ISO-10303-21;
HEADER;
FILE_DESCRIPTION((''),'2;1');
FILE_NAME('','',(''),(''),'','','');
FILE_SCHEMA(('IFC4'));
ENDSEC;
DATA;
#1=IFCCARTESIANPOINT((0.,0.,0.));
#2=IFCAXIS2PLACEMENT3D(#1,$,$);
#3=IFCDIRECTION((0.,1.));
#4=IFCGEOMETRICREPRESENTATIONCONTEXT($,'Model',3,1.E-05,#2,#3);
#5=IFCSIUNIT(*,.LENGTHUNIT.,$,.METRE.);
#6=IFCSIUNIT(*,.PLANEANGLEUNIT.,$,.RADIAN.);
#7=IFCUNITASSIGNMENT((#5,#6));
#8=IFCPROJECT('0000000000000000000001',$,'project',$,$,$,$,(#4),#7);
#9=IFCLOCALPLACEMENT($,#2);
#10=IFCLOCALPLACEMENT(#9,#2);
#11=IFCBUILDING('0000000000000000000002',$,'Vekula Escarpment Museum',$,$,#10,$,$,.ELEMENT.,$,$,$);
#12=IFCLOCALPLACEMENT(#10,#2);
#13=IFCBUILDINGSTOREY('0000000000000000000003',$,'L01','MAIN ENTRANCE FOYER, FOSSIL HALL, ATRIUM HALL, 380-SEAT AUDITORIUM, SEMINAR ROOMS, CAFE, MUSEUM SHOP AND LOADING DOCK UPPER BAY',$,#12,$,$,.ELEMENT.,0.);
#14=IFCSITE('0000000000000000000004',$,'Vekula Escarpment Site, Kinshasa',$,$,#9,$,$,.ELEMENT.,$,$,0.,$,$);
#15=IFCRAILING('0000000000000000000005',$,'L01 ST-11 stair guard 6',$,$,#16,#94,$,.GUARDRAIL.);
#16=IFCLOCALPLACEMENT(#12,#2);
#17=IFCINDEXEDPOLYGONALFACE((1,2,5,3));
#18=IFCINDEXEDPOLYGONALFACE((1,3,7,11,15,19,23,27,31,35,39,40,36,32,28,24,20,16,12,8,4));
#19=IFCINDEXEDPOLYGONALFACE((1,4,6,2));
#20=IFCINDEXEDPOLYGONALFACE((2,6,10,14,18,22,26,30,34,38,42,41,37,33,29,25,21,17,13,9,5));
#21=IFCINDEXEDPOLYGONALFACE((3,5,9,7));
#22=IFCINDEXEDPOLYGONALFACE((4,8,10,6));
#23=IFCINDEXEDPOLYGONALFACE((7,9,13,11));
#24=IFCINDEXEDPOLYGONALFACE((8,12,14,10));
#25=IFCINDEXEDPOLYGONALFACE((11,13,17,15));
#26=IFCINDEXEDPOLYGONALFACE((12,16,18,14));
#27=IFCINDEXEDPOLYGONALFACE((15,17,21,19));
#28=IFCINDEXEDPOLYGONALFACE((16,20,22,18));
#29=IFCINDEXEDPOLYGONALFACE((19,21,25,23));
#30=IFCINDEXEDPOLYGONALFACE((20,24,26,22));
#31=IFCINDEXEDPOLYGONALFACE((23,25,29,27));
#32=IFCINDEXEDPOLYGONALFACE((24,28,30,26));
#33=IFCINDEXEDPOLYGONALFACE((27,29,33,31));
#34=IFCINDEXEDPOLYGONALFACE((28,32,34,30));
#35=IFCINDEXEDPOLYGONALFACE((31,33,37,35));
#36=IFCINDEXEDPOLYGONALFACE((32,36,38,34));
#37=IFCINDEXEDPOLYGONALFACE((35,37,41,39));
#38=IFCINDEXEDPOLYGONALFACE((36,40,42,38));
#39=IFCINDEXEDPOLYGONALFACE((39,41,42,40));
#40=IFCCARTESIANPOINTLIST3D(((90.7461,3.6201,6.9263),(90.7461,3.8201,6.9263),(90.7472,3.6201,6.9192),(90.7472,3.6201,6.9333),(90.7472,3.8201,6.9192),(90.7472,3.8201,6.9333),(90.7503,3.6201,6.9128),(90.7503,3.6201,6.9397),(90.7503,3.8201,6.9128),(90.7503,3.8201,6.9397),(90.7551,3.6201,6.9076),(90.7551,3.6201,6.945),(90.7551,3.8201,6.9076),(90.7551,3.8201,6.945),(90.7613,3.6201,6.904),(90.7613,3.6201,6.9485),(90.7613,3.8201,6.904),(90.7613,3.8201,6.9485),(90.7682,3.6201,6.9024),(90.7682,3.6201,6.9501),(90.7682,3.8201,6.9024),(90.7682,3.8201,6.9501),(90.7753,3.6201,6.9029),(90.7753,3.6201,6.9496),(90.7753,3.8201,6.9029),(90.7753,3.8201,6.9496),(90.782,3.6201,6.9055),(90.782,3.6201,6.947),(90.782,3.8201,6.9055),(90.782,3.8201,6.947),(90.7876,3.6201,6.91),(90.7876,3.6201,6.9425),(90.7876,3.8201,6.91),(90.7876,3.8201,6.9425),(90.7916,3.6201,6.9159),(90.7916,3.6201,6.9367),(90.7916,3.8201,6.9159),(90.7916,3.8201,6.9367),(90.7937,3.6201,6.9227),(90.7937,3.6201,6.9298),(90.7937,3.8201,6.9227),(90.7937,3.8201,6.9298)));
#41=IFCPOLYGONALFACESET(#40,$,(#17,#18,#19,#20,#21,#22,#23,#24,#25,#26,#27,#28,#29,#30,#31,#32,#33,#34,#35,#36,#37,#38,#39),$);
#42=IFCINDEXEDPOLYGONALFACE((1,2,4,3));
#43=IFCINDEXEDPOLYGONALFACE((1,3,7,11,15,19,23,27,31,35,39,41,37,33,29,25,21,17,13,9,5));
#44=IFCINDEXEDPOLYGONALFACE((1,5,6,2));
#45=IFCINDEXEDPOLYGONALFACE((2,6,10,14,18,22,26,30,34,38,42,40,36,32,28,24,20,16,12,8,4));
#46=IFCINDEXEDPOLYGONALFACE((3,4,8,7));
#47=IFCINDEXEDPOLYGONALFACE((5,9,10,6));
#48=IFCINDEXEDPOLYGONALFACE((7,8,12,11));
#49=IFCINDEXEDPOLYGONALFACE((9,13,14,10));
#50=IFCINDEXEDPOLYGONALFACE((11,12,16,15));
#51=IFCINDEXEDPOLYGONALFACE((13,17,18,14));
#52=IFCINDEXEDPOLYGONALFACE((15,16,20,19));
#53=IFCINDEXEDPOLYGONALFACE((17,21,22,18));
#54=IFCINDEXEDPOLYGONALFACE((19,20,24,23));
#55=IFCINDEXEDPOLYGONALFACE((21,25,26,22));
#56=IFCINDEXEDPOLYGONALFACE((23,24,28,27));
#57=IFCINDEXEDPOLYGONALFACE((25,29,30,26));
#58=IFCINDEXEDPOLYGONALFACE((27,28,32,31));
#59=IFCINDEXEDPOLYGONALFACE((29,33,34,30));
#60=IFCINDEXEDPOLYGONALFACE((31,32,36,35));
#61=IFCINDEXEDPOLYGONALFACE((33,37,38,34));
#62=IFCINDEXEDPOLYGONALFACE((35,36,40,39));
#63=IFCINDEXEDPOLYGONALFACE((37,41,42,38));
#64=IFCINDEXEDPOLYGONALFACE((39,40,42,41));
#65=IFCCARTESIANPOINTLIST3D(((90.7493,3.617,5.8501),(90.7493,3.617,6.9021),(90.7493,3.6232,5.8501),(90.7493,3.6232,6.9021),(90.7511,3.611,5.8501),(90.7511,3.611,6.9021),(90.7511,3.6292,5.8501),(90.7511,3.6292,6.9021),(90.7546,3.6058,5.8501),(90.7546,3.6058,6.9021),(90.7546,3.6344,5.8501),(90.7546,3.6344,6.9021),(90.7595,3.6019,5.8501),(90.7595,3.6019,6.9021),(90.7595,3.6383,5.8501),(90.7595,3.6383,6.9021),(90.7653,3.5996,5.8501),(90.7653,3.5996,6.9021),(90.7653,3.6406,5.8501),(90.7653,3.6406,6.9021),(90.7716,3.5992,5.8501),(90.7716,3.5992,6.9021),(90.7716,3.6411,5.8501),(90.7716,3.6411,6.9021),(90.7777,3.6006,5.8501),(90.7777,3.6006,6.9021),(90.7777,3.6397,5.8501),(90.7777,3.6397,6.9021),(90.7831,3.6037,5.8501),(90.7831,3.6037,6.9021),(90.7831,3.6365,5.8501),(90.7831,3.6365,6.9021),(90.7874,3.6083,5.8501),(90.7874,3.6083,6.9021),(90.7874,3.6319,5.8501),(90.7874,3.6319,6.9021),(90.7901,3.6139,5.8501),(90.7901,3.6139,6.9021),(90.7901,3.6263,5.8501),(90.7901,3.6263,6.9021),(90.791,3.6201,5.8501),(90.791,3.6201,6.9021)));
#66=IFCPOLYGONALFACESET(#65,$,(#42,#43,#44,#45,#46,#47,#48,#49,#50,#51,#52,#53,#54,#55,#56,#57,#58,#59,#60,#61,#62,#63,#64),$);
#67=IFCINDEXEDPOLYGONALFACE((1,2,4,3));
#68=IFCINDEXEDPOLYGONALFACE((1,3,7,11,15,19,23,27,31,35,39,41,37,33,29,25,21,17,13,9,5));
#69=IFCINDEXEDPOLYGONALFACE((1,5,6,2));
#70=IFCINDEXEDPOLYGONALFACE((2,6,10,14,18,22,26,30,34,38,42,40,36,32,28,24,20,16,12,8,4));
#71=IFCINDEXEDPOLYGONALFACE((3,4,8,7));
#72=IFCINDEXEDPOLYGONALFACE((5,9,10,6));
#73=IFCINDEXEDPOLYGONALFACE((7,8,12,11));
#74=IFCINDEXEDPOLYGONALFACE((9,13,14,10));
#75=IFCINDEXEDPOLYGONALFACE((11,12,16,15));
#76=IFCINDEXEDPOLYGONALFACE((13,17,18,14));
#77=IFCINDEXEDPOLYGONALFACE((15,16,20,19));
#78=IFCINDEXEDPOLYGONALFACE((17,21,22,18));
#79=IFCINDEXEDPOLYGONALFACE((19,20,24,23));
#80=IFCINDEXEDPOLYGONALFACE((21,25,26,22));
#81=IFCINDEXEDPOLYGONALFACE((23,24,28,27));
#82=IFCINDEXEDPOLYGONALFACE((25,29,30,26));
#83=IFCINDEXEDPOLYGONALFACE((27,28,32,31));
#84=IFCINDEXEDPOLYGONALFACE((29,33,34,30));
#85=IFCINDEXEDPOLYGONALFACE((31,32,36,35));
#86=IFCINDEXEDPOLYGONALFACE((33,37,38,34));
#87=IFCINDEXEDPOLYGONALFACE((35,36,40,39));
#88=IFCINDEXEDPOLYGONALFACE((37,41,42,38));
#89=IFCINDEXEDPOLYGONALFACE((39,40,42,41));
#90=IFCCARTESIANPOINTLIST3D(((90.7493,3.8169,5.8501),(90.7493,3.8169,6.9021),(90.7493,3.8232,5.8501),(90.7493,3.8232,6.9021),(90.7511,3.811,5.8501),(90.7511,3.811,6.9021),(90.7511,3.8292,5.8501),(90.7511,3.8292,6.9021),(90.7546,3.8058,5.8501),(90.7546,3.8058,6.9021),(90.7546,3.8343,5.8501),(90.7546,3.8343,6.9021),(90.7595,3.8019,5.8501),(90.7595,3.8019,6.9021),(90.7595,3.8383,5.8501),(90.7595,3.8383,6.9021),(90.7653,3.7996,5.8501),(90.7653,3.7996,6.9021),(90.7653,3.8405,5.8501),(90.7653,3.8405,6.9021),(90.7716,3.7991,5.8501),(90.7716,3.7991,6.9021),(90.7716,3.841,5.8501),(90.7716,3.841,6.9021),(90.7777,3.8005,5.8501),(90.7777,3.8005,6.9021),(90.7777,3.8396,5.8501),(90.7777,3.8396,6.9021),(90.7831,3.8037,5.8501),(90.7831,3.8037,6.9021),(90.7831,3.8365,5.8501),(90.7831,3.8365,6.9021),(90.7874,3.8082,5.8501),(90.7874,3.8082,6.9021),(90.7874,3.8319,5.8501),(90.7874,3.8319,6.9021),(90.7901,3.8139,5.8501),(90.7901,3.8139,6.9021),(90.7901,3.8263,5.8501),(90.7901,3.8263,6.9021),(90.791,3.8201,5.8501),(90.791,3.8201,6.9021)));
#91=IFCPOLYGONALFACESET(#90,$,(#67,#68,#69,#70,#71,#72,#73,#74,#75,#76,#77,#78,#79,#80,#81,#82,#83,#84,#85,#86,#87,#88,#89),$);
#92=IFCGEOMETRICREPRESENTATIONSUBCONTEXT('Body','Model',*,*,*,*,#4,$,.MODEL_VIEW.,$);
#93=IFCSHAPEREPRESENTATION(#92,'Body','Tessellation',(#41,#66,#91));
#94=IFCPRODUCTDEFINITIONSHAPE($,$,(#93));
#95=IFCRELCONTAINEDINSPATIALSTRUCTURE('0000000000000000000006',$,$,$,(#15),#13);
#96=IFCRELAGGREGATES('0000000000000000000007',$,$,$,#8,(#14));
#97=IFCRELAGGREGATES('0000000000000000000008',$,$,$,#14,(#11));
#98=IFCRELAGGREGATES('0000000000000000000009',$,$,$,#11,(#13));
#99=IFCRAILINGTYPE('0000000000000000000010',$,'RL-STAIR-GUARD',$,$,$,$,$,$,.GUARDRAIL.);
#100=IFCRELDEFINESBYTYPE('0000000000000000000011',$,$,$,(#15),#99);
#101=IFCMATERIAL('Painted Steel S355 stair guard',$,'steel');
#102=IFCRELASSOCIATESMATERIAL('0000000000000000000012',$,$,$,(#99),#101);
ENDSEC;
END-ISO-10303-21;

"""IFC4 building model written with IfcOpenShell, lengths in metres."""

from ifc_helpers import new_model, si_unit, direction, frame, origin, origin_2d, place, context, subcontext, project, spatial, circle, extrude, material, type_object, element, save


model = new_model("IFC4")

# Units and contexts
model_context = context("Model", 3, precision=1e-05, world=origin(), true_north=direction((0.0, 1.0)))
body_context = subcontext(model_context, "Body", "Model", "MODEL_VIEW")
ifc_project = project(units=[si_unit("LENGTHUNIT", "METRE"), si_unit("PLANEANGLEUNIT", "RADIAN")], contexts=[model_context])

# Site, building, storey
site_placement = place(None, origin())
site = spatial("IfcSite", under=ifc_project, at=site_placement, Name="Vekula Escarpment Site, Kinshasa", CompositionType="ELEMENT", RefElevation=0.0)
building_placement = place(site_placement, origin())
building = spatial("IfcBuilding", under=site, at=building_placement, Name="Vekula Escarpment Museum", CompositionType="ELEMENT")
storey_placement = place(building_placement, origin())
storey = spatial("IfcBuildingStorey", under=building, at=storey_placement, Name="L01", Description="MAIN ENTRANCE FOYER, FOSSIL HALL, ATRIUM HALL, 380-SEAT AUDITORIUM, SEMINAR ROOMS, CAFE, MUSEUM SHOP AND LOADING DOCK UPPER BAY", CompositionType="ELEMENT", Elevation=0.0)

# Railing
ifc_material_1 = material(Name="Painted Steel S355 stair guard", Category="steel")
railing_type_1 = type_object("IfcRailingType", Name="RL-STAIR-GUARD", PredefinedType="GUARDRAIL", material=ifc_material_1)
railing_1_placement = place(storey_placement, frame((90.77, 3.6201, 5.8501)))
element("IfcRailing", 1, at=railing_1_placement, inside=storey, type_object=railing_type_1, Name="L01 ST-11 stair guard 6", PredefinedType="GUARDRAIL", context=body_context, shape_type="SweptSolid", body=[
    extrude(circle(Radius=0.0239, at=origin_2d()), frame((0.0, 0.0, 1.0762), z_axis=(0.0, 1.0, 0.0), x_axis=(-1.0, 0.0, 0.0)), (0.0, 0.0, 1.0), 0.2),
    extrude(circle(Radius=0.021, at=origin_2d()), origin(), (0.0, 0.0, 1.0), 1.052),
    extrude(circle(Radius=0.021, at=origin_2d()), frame((0.0, 0.2, 0.0)), (0.0, 0.0, 1.0), 1.052),
])

save(model, "model.ifc")
